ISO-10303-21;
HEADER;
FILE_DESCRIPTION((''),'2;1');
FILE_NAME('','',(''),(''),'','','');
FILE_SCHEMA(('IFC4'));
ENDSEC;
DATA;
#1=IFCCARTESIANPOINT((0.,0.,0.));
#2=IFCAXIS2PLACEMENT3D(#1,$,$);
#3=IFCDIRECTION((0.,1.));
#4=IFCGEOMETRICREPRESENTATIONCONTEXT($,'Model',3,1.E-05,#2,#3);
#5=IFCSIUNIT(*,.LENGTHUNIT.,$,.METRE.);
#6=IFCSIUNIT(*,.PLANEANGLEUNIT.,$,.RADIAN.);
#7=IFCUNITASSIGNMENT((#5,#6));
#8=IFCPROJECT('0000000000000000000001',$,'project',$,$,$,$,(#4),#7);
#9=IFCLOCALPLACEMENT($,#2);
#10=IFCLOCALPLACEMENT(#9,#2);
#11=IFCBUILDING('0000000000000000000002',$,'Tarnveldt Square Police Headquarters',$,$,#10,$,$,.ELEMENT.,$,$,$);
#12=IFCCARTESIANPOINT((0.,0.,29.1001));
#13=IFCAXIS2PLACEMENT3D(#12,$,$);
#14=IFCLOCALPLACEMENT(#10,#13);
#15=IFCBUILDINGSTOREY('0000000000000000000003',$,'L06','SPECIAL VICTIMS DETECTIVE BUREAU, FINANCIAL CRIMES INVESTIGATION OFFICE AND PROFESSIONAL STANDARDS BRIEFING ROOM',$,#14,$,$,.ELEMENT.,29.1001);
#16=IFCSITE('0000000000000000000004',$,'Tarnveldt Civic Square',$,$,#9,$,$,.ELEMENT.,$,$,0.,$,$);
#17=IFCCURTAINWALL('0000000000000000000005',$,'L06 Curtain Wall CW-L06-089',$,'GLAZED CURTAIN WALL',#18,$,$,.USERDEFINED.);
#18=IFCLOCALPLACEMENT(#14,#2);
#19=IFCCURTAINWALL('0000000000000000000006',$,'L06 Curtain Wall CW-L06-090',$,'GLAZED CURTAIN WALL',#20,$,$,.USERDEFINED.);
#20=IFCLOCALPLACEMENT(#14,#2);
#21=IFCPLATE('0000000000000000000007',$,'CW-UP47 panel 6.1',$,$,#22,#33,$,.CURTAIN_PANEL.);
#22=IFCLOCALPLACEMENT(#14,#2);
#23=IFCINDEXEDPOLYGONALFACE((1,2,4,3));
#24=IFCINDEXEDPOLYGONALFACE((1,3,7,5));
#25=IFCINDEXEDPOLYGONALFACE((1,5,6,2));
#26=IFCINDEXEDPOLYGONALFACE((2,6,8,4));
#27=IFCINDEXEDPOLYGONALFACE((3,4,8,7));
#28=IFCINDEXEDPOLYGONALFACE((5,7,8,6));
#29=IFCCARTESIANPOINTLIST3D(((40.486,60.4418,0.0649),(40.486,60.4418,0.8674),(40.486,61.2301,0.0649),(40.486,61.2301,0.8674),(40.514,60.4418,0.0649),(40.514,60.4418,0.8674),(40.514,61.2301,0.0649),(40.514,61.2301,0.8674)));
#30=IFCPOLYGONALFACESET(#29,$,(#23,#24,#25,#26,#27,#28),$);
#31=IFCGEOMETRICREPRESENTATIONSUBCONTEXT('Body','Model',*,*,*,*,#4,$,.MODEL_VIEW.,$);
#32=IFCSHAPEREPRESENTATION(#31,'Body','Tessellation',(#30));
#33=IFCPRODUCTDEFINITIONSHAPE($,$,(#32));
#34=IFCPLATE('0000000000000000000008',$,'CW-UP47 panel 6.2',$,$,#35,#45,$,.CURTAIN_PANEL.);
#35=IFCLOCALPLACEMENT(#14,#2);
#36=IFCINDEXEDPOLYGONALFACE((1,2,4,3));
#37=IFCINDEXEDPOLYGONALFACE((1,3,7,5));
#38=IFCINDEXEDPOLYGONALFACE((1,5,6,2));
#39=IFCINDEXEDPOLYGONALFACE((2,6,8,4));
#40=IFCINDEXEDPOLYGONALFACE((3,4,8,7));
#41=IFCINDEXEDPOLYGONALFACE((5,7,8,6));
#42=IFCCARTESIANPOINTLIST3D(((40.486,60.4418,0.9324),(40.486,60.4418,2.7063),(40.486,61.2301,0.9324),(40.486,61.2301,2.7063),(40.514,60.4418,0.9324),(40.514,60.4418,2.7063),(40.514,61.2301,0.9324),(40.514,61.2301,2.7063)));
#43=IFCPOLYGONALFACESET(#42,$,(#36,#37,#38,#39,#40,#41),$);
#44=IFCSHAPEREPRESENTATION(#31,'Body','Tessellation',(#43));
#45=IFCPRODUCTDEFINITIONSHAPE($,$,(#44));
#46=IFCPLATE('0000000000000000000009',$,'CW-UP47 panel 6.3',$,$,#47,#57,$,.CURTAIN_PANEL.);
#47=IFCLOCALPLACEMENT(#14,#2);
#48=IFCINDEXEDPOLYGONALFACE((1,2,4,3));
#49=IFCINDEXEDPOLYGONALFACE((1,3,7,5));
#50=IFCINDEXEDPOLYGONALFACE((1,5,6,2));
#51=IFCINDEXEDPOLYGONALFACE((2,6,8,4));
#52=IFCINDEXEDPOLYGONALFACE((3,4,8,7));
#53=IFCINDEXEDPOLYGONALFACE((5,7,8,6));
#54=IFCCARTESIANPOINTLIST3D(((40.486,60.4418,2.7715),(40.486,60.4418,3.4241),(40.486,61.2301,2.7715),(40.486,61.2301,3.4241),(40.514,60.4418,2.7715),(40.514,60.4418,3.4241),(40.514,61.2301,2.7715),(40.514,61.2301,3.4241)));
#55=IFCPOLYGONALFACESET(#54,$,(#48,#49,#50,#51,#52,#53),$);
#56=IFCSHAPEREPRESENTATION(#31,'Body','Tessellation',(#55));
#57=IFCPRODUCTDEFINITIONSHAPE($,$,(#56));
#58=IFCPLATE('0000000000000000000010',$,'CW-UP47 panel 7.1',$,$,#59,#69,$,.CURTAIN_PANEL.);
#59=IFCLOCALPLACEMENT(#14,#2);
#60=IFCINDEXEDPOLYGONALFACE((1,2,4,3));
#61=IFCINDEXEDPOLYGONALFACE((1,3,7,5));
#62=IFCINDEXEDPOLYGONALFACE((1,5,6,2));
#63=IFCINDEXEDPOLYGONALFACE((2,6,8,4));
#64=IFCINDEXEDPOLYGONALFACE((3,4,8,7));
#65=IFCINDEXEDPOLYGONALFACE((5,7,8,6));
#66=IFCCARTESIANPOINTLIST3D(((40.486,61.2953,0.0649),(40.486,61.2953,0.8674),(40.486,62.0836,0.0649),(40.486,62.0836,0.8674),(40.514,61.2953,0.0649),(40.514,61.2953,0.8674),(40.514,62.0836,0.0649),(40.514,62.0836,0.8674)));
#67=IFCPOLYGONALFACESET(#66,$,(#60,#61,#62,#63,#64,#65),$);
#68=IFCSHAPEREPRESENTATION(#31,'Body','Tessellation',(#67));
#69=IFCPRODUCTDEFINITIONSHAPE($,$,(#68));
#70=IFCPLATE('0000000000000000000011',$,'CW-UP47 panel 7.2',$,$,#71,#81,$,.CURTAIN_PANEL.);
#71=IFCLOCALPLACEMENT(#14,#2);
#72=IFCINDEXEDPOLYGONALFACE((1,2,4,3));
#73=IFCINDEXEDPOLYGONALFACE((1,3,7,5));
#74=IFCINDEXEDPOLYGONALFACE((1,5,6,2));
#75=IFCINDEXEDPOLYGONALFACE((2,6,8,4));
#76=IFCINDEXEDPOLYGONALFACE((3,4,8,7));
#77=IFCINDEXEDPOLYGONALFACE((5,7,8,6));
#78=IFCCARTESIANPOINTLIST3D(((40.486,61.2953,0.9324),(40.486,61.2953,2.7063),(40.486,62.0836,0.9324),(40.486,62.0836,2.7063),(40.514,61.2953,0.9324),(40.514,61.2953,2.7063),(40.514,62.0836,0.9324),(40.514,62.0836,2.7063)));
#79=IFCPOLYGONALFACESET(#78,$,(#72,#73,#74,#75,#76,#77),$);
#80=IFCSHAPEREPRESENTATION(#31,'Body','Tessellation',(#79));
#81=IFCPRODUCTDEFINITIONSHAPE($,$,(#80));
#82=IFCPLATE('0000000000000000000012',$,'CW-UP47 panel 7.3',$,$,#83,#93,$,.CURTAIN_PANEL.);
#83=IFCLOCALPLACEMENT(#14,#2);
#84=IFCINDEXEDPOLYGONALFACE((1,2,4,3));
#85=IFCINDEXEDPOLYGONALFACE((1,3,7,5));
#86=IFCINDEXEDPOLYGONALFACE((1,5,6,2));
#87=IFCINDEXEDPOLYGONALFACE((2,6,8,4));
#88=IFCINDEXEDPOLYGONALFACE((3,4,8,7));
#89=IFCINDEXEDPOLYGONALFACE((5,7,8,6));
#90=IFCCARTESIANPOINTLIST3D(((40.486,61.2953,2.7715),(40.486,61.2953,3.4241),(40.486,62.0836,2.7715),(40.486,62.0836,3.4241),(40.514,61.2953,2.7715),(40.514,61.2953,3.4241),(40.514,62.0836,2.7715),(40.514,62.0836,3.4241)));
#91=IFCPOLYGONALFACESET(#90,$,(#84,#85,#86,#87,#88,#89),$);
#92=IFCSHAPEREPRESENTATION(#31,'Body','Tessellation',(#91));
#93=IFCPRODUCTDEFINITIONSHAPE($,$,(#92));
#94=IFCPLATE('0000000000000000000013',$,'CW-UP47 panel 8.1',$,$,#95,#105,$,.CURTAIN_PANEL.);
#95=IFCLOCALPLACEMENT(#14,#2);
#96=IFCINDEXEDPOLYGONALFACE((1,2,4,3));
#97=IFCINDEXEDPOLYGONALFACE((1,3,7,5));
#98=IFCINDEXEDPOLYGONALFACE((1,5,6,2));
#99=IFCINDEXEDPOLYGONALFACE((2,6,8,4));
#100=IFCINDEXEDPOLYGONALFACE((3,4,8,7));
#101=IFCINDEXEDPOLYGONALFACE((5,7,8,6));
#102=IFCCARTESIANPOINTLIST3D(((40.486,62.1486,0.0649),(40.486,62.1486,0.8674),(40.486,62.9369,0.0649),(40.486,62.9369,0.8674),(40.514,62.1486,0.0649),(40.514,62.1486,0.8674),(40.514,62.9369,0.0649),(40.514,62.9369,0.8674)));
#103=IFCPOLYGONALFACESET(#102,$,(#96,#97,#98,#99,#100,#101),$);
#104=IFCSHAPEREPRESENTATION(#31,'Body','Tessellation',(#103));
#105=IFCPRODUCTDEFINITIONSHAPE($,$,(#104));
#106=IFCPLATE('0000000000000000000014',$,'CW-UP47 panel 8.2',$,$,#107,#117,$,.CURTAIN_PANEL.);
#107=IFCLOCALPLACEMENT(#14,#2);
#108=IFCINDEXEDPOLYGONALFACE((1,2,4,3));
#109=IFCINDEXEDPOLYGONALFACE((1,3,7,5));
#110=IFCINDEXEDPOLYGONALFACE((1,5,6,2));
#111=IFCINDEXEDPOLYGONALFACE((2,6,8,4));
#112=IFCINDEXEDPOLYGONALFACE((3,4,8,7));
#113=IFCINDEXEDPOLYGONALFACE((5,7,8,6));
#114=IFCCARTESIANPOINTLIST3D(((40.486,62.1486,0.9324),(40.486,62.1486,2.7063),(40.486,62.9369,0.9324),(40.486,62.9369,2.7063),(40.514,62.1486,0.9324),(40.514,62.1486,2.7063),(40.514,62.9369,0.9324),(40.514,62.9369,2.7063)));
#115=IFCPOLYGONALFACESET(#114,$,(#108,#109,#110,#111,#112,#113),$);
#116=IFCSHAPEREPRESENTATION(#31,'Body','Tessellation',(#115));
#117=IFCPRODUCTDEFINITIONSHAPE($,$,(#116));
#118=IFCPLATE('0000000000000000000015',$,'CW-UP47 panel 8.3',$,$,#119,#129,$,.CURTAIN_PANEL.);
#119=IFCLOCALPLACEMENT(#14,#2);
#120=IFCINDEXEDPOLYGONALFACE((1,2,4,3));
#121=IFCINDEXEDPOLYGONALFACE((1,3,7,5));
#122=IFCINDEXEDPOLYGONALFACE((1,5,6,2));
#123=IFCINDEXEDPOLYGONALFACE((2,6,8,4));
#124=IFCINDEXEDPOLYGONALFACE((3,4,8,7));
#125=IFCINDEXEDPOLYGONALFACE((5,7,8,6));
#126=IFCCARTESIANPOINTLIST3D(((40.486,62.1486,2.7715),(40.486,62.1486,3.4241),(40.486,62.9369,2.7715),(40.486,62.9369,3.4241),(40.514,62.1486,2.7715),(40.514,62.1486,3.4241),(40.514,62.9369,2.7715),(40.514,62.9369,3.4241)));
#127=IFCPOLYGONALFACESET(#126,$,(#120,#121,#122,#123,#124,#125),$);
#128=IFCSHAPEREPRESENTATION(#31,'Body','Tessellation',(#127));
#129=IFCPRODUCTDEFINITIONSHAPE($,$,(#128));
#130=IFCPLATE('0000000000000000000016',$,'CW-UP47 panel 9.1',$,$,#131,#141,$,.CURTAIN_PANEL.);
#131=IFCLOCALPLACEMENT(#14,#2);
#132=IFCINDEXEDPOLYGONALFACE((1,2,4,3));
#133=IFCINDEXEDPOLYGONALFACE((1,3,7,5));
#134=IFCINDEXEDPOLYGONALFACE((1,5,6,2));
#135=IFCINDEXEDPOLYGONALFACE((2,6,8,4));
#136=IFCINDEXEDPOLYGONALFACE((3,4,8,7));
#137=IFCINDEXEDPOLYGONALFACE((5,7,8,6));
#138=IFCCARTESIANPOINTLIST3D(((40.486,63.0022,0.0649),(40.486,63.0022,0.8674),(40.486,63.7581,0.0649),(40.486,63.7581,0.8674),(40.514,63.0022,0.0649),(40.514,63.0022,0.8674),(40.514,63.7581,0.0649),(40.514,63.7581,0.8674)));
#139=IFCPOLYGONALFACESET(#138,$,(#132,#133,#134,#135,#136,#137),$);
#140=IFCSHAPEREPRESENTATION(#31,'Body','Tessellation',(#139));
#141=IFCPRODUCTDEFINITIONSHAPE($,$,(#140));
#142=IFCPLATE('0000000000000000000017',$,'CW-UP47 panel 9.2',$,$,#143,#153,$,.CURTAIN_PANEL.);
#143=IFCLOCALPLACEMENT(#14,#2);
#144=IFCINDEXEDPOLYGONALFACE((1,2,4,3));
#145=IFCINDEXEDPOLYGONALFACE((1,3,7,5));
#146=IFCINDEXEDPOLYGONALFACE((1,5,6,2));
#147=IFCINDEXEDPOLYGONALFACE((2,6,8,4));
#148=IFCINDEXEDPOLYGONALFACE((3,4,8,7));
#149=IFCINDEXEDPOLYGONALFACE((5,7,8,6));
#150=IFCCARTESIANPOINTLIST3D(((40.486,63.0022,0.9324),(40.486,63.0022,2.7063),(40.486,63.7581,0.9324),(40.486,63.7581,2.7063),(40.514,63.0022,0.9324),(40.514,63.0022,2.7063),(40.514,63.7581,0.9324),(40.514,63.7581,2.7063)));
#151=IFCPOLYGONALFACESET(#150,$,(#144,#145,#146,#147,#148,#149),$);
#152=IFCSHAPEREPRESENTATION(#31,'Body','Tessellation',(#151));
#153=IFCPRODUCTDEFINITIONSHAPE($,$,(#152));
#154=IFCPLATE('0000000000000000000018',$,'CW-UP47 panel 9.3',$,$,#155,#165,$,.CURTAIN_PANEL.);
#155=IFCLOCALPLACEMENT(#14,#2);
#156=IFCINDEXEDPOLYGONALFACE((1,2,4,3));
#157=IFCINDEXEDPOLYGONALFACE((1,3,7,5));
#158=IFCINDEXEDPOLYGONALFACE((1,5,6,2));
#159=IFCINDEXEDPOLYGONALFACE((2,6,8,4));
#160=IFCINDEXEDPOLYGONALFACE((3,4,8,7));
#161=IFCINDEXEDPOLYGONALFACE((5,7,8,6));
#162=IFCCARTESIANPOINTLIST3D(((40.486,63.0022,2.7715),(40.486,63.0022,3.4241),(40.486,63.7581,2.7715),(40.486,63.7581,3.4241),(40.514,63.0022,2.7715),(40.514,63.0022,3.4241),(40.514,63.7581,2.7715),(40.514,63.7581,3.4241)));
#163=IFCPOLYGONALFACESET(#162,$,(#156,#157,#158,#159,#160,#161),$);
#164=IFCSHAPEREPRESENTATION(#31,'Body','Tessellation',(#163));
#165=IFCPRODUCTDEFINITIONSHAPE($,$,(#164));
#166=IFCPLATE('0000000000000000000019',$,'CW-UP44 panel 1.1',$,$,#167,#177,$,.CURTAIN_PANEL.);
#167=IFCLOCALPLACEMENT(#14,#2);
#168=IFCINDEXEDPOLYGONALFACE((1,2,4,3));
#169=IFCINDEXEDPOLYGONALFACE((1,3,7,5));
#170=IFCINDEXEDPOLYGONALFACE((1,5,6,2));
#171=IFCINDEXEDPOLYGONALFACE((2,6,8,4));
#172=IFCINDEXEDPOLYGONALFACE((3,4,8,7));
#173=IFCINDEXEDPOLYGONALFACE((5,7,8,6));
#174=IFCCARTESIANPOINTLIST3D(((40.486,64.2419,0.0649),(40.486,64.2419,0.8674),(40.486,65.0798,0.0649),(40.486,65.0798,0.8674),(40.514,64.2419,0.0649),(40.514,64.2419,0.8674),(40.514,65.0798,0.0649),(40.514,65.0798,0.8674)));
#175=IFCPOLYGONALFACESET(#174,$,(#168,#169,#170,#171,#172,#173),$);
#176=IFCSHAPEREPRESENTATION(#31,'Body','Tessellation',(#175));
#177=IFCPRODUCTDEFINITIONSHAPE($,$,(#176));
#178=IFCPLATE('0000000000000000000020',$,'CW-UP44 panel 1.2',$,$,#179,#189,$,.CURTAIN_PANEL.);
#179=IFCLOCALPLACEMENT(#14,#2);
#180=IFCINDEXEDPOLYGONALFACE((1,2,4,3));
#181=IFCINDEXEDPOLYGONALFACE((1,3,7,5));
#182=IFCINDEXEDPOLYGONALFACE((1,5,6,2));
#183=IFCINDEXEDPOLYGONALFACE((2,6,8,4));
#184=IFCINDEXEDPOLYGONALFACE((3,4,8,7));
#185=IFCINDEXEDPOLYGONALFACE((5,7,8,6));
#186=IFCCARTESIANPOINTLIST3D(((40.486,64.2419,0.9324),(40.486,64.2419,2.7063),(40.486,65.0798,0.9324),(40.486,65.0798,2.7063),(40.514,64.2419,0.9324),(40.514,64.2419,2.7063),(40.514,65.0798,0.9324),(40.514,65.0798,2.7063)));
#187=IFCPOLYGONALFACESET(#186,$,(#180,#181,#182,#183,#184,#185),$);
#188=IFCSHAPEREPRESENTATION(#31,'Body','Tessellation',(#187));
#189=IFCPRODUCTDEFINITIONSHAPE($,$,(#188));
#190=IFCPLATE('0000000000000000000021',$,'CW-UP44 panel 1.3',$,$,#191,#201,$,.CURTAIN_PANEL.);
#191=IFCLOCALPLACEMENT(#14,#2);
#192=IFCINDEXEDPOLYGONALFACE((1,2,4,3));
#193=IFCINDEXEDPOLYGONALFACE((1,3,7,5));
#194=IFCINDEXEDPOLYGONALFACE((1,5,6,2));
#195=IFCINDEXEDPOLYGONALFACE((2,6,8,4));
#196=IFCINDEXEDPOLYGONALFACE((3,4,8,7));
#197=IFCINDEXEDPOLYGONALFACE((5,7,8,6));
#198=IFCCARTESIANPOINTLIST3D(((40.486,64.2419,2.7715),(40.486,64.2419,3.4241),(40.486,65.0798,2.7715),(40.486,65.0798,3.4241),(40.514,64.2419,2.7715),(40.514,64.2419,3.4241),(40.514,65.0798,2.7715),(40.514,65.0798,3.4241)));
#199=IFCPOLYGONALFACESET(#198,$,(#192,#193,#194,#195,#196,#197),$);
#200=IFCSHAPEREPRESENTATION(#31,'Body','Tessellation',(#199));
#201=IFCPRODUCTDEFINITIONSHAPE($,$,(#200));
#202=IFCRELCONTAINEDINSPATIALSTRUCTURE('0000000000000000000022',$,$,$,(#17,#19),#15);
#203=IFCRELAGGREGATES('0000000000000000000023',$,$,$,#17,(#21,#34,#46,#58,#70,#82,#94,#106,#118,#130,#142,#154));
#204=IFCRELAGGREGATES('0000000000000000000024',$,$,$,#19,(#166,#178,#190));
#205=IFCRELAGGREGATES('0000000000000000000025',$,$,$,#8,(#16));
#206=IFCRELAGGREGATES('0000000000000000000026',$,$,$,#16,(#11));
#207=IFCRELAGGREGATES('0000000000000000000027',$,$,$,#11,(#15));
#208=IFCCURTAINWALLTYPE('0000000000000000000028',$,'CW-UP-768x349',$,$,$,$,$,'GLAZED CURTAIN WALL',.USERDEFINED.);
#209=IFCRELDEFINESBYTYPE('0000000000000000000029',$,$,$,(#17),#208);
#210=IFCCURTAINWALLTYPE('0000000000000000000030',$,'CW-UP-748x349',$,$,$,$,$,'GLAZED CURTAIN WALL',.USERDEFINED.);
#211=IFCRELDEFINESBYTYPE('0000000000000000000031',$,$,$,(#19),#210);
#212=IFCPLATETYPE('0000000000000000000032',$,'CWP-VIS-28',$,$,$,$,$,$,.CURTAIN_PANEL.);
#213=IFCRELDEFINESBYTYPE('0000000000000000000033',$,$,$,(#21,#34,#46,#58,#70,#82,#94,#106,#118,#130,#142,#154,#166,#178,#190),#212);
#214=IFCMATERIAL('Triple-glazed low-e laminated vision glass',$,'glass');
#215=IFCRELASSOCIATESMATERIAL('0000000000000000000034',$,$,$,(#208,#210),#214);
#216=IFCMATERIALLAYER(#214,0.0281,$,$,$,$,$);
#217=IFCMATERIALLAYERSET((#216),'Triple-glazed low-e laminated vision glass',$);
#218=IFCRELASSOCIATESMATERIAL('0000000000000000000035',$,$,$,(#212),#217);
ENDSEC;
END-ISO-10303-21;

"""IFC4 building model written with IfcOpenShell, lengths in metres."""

from ifc_helpers import new_model, si_unit, direction, frame, origin, origin_2d, place, context, subcontext, project, spatial, rectangle, extrude, material, layer, layer_set, type_object, element, aggregate, save


model = new_model("IFC4")

# Units and contexts
model_context = context("Model", 3, precision=1e-05, world=origin(), true_north=direction((0.0, 1.0)))
body_context = subcontext(model_context, "Body", "Model", "MODEL_VIEW")
ifc_project = project(units=[si_unit("LENGTHUNIT", "METRE"), si_unit("PLANEANGLEUNIT", "RADIAN")], contexts=[model_context])

# Site, building, storey
site_placement = place(None, origin())
site = spatial("IfcSite", under=ifc_project, at=site_placement, Name="Tarnveldt Civic Square", CompositionType="ELEMENT", RefElevation=0.0)
building_placement = place(site_placement, origin())
building = spatial("IfcBuilding", under=site, at=building_placement, Name="Tarnveldt Square Police Headquarters", CompositionType="ELEMENT")
storey_placement = place(building_placement, frame((0.0, 0.0, 29.1001)))
storey = spatial("IfcBuildingStorey", under=building, at=storey_placement, Name="L06", Description="SPECIAL VICTIMS DETECTIVE BUREAU, FINANCIAL CRIMES INVESTIGATION OFFICE AND PROFESSIONAL STANDARDS BRIEFING ROOM", CompositionType="ELEMENT", Elevation=29.1001)

# Curtain wall
ifc_material_1 = material(Name="Triple-glazed low-e laminated vision glass", Category="glass")
curtain_wall_type_1 = type_object("IfcCurtainWallType", Name="CW-UP-768x349", ElementType="GLAZED CURTAIN WALL", PredefinedType="USERDEFINED", material=ifc_material_1)
curtain_wall_1_placement = place(storey_placement, origin())
curtain_wall_1 = element("IfcCurtainWall", 1, at=curtain_wall_1_placement, inside=storey, type_object=curtain_wall_type_1, Name="L06 Curtain Wall CW-L06-089", ObjectType="GLAZED CURTAIN WALL", PredefinedType="USERDEFINED")

# Curtain wall
curtain_wall_type_2 = type_object("IfcCurtainWallType", Name="CW-UP-748x349", ElementType="GLAZED CURTAIN WALL", PredefinedType="USERDEFINED", material=ifc_material_1)
curtain_wall_2_placement = place(storey_placement, origin())
curtain_wall_2 = element("IfcCurtainWall", 2, at=curtain_wall_2_placement, inside=storey, type_object=curtain_wall_type_2, Name="L06 Curtain Wall CW-L06-090", ObjectType="GLAZED CURTAIN WALL", PredefinedType="USERDEFINED")

# Plates
ifc_layer = layer(ifc_material_1, 0.0281)
ifc_layer_set = layer_set([ifc_layer], Name="Triple-glazed low-e laminated vision glass")
plate_type = type_object("IfcPlateType", Name="CWP-VIS-28", PredefinedType="CURTAIN_PANEL", material=ifc_layer_set)
plate_1_placement = place(storey_placement, frame((40.5, 60.8359, 0.0649), z_axis=(0.0, 0.0, 1.0), x_axis=(0.0, 1.0, 0.0)))
plate_1 = element("IfcPlate", 3, at=plate_1_placement, type_object=plate_type, Name="CW-UP47 panel 6.1", PredefinedType="CURTAIN_PANEL", context=body_context, shape_type="SweptSolid", body=[
    extrude(rectangle(XDim=0.7883, YDim=0.0281, at=origin_2d()), origin(), (0.0, 0.0, 1.0), 0.8025),
])
plate_2_placement = place(storey_placement, frame((40.5, 60.8359, 0.9324), z_axis=(0.0, 0.0, 1.0), x_axis=(0.0, 1.0, 0.0)))
plate_2 = element("IfcPlate", 4, at=plate_2_placement, type_object=plate_type, Name="CW-UP47 panel 6.2", PredefinedType="CURTAIN_PANEL", context=body_context, shape_type="SweptSolid", body=[
    extrude(rectangle(XDim=0.7883, YDim=0.0281, at=origin_2d()), origin(), (0.0, 0.0, 1.0), 1.7739),
])
plate_3_placement = place(storey_placement, frame((40.5, 60.8359, 2.7715), z_axis=(0.0, 0.0, 1.0), x_axis=(0.0, 1.0, 0.0)))
plate_3 = element("IfcPlate", 5, at=plate_3_placement, type_object=plate_type, Name="CW-UP47 panel 6.3", PredefinedType="CURTAIN_PANEL", context=body_context, shape_type="SweptSolid", body=[
    extrude(rectangle(XDim=0.7883, YDim=0.0281, at=origin_2d()), origin(), (0.0, 0.0, 1.0), 0.6526),
])
plate_4_placement = place(storey_placement, frame((40.5, 61.6895, 0.0649), z_axis=(0.0, 0.0, 1.0), x_axis=(0.0, 1.0, 0.0)))
plate_4 = element("IfcPlate", 6, at=plate_4_placement, type_object=plate_type, Name="CW-UP47 panel 7.1", PredefinedType="CURTAIN_PANEL", context=body_context, shape_type="SweptSolid", body=[
    extrude(rectangle(XDim=0.7883, YDim=0.0281, at=origin_2d()), origin(), (0.0, 0.0, 1.0), 0.8025),
])
plate_5_placement = place(storey_placement, frame((40.5, 61.6895, 0.9324), z_axis=(0.0, 0.0, 1.0), x_axis=(0.0, 1.0, 0.0)))
plate_5 = element("IfcPlate", 7, at=plate_5_placement, type_object=plate_type, Name="CW-UP47 panel 7.2", PredefinedType="CURTAIN_PANEL", context=body_context, shape_type="SweptSolid", body=[
    extrude(rectangle(XDim=0.7883, YDim=0.0281, at=origin_2d()), origin(), (0.0, 0.0, 1.0), 1.7739),
])
plate_6_placement = place(storey_placement, frame((40.5, 61.6895, 2.7715), z_axis=(0.0, 0.0, 1.0), x_axis=(0.0, 1.0, 0.0)))
plate_6 = element("IfcPlate", 8, at=plate_6_placement, type_object=plate_type, Name="CW-UP47 panel 7.3", PredefinedType="CURTAIN_PANEL", context=body_context, shape_type="SweptSolid", body=[
    extrude(rectangle(XDim=0.7883, YDim=0.0281, at=origin_2d()), origin(), (0.0, 0.0, 1.0), 0.6526),
])
plate_7_placement = place(storey_placement, frame((40.5, 62.5427, 0.0649), z_axis=(0.0, 0.0, 1.0), x_axis=(0.0, 1.0, 0.0)))
plate_7 = element("IfcPlate", 9, at=plate_7_placement, type_object=plate_type, Name="CW-UP47 panel 8.1", PredefinedType="CURTAIN_PANEL", context=body_context, shape_type="SweptSolid", body=[
    extrude(rectangle(XDim=0.7883, YDim=0.0281, at=origin_2d()), origin(), (0.0, 0.0, 1.0), 0.8025),
])
plate_8_placement = place(storey_placement, frame((40.5, 62.5427, 0.9324), z_axis=(0.0, 0.0, 1.0), x_axis=(0.0, 1.0, 0.0)))
plate_8 = element("IfcPlate", 10, at=plate_8_placement, type_object=plate_type, Name="CW-UP47 panel 8.2", PredefinedType="CURTAIN_PANEL", context=body_context, shape_type="SweptSolid", body=[
    extrude(rectangle(XDim=0.7883, YDim=0.0281, at=origin_2d()), origin(), (0.0, 0.0, 1.0), 1.7739),
])
plate_9_placement = place(storey_placement, frame((40.5, 62.5427, 2.7715), z_axis=(0.0, 0.0, 1.0), x_axis=(0.0, 1.0, 0.0)))
plate_9 = element("IfcPlate", 11, at=plate_9_placement, type_object=plate_type, Name="CW-UP47 panel 8.3", PredefinedType="CURTAIN_PANEL", context=body_context, shape_type="SweptSolid", body=[
    extrude(rectangle(XDim=0.7883, YDim=0.0281, at=origin_2d()), origin(), (0.0, 0.0, 1.0), 0.6526),
])
plate_10_placement = place(storey_placement, frame((40.5, 63.3801, 0.0649), z_axis=(0.0, 0.0, 1.0), x_axis=(0.0, 1.0, 0.0)))
plate_10 = element("IfcPlate", 12, at=plate_10_placement, type_object=plate_type, Name="CW-UP47 panel 9.1", PredefinedType="CURTAIN_PANEL", context=body_context, shape_type="SweptSolid", body=[
    extrude(rectangle(XDim=0.7559, YDim=0.0281, at=origin_2d()), origin(), (0.0, 0.0, 1.0), 0.8025),
])
plate_11_placement = place(storey_placement, frame((40.5, 63.3801, 0.9324), z_axis=(0.0, 0.0, 1.0), x_axis=(0.0, 1.0, 0.0)))
plate_11 = element("IfcPlate", 13, at=plate_11_placement, type_object=plate_type, Name="CW-UP47 panel 9.2", PredefinedType="CURTAIN_PANEL", context=body_context, shape_type="SweptSolid", body=[
    extrude(rectangle(XDim=0.7559, YDim=0.0281, at=origin_2d()), origin(), (0.0, 0.0, 1.0), 1.7739),
])
plate_12_placement = place(storey_placement, frame((40.5, 63.3801, 2.7715), z_axis=(0.0, 0.0, 1.0), x_axis=(0.0, 1.0, 0.0)))
plate_12 = element("IfcPlate", 14, at=plate_12_placement, type_object=plate_type, Name="CW-UP47 panel 9.3", PredefinedType="CURTAIN_PANEL", context=body_context, shape_type="SweptSolid", body=[
    extrude(rectangle(XDim=0.7559, YDim=0.0281, at=origin_2d()), origin(), (0.0, 0.0, 1.0), 0.6526),
])
aggregate(curtain_wall_1, [plate_1, plate_2, plate_3, plate_4, plate_5, plate_6, plate_7, plate_8, plate_9, plate_10, plate_11, plate_12])
plate_13_placement = place(storey_placement, frame((40.5, 64.6609, 0.0649), z_axis=(0.0, 0.0, 1.0), x_axis=(0.0, 1.0, 0.0)))
plate_13 = element("IfcPlate", 15, at=plate_13_placement, type_object=plate_type, Name="CW-UP44 panel 1.1", PredefinedType="CURTAIN_PANEL", context=body_context, shape_type="SweptSolid", body=[
    extrude(rectangle(XDim=0.8379, YDim=0.0281, at=origin_2d()), origin(), (0.0, 0.0, 1.0), 0.8025),
])
plate_14_placement = place(storey_placement, frame((40.5, 64.6609, 0.9324), z_axis=(0.0, 0.0, 1.0), x_axis=(0.0, 1.0, 0.0)))
plate_14 = element("IfcPlate", 16, at=plate_14_placement, type_object=plate_type, Name="CW-UP44 panel 1.2", PredefinedType="CURTAIN_PANEL", context=body_context, shape_type="SweptSolid", body=[
    extrude(rectangle(XDim=0.8379, YDim=0.0281, at=origin_2d()), origin(), (0.0, 0.0, 1.0), 1.7739),
])
plate_15_placement = place(storey_placement, frame((40.5, 64.6609, 2.7715), z_axis=(0.0, 0.0, 1.0), x_axis=(0.0, 1.0, 0.0)))
plate_15 = element("IfcPlate", 17, at=plate_15_placement, type_object=plate_type, Name="CW-UP44 panel 1.3", PredefinedType="CURTAIN_PANEL", context=body_context, shape_type="SweptSolid", body=[
    extrude(rectangle(XDim=0.8379, YDim=0.0281, at=origin_2d()), origin(), (0.0, 0.0, 1.0), 0.6526),
])
aggregate(curtain_wall_2, [plate_13, plate_14, plate_15])

save(model, "model.ifc")
